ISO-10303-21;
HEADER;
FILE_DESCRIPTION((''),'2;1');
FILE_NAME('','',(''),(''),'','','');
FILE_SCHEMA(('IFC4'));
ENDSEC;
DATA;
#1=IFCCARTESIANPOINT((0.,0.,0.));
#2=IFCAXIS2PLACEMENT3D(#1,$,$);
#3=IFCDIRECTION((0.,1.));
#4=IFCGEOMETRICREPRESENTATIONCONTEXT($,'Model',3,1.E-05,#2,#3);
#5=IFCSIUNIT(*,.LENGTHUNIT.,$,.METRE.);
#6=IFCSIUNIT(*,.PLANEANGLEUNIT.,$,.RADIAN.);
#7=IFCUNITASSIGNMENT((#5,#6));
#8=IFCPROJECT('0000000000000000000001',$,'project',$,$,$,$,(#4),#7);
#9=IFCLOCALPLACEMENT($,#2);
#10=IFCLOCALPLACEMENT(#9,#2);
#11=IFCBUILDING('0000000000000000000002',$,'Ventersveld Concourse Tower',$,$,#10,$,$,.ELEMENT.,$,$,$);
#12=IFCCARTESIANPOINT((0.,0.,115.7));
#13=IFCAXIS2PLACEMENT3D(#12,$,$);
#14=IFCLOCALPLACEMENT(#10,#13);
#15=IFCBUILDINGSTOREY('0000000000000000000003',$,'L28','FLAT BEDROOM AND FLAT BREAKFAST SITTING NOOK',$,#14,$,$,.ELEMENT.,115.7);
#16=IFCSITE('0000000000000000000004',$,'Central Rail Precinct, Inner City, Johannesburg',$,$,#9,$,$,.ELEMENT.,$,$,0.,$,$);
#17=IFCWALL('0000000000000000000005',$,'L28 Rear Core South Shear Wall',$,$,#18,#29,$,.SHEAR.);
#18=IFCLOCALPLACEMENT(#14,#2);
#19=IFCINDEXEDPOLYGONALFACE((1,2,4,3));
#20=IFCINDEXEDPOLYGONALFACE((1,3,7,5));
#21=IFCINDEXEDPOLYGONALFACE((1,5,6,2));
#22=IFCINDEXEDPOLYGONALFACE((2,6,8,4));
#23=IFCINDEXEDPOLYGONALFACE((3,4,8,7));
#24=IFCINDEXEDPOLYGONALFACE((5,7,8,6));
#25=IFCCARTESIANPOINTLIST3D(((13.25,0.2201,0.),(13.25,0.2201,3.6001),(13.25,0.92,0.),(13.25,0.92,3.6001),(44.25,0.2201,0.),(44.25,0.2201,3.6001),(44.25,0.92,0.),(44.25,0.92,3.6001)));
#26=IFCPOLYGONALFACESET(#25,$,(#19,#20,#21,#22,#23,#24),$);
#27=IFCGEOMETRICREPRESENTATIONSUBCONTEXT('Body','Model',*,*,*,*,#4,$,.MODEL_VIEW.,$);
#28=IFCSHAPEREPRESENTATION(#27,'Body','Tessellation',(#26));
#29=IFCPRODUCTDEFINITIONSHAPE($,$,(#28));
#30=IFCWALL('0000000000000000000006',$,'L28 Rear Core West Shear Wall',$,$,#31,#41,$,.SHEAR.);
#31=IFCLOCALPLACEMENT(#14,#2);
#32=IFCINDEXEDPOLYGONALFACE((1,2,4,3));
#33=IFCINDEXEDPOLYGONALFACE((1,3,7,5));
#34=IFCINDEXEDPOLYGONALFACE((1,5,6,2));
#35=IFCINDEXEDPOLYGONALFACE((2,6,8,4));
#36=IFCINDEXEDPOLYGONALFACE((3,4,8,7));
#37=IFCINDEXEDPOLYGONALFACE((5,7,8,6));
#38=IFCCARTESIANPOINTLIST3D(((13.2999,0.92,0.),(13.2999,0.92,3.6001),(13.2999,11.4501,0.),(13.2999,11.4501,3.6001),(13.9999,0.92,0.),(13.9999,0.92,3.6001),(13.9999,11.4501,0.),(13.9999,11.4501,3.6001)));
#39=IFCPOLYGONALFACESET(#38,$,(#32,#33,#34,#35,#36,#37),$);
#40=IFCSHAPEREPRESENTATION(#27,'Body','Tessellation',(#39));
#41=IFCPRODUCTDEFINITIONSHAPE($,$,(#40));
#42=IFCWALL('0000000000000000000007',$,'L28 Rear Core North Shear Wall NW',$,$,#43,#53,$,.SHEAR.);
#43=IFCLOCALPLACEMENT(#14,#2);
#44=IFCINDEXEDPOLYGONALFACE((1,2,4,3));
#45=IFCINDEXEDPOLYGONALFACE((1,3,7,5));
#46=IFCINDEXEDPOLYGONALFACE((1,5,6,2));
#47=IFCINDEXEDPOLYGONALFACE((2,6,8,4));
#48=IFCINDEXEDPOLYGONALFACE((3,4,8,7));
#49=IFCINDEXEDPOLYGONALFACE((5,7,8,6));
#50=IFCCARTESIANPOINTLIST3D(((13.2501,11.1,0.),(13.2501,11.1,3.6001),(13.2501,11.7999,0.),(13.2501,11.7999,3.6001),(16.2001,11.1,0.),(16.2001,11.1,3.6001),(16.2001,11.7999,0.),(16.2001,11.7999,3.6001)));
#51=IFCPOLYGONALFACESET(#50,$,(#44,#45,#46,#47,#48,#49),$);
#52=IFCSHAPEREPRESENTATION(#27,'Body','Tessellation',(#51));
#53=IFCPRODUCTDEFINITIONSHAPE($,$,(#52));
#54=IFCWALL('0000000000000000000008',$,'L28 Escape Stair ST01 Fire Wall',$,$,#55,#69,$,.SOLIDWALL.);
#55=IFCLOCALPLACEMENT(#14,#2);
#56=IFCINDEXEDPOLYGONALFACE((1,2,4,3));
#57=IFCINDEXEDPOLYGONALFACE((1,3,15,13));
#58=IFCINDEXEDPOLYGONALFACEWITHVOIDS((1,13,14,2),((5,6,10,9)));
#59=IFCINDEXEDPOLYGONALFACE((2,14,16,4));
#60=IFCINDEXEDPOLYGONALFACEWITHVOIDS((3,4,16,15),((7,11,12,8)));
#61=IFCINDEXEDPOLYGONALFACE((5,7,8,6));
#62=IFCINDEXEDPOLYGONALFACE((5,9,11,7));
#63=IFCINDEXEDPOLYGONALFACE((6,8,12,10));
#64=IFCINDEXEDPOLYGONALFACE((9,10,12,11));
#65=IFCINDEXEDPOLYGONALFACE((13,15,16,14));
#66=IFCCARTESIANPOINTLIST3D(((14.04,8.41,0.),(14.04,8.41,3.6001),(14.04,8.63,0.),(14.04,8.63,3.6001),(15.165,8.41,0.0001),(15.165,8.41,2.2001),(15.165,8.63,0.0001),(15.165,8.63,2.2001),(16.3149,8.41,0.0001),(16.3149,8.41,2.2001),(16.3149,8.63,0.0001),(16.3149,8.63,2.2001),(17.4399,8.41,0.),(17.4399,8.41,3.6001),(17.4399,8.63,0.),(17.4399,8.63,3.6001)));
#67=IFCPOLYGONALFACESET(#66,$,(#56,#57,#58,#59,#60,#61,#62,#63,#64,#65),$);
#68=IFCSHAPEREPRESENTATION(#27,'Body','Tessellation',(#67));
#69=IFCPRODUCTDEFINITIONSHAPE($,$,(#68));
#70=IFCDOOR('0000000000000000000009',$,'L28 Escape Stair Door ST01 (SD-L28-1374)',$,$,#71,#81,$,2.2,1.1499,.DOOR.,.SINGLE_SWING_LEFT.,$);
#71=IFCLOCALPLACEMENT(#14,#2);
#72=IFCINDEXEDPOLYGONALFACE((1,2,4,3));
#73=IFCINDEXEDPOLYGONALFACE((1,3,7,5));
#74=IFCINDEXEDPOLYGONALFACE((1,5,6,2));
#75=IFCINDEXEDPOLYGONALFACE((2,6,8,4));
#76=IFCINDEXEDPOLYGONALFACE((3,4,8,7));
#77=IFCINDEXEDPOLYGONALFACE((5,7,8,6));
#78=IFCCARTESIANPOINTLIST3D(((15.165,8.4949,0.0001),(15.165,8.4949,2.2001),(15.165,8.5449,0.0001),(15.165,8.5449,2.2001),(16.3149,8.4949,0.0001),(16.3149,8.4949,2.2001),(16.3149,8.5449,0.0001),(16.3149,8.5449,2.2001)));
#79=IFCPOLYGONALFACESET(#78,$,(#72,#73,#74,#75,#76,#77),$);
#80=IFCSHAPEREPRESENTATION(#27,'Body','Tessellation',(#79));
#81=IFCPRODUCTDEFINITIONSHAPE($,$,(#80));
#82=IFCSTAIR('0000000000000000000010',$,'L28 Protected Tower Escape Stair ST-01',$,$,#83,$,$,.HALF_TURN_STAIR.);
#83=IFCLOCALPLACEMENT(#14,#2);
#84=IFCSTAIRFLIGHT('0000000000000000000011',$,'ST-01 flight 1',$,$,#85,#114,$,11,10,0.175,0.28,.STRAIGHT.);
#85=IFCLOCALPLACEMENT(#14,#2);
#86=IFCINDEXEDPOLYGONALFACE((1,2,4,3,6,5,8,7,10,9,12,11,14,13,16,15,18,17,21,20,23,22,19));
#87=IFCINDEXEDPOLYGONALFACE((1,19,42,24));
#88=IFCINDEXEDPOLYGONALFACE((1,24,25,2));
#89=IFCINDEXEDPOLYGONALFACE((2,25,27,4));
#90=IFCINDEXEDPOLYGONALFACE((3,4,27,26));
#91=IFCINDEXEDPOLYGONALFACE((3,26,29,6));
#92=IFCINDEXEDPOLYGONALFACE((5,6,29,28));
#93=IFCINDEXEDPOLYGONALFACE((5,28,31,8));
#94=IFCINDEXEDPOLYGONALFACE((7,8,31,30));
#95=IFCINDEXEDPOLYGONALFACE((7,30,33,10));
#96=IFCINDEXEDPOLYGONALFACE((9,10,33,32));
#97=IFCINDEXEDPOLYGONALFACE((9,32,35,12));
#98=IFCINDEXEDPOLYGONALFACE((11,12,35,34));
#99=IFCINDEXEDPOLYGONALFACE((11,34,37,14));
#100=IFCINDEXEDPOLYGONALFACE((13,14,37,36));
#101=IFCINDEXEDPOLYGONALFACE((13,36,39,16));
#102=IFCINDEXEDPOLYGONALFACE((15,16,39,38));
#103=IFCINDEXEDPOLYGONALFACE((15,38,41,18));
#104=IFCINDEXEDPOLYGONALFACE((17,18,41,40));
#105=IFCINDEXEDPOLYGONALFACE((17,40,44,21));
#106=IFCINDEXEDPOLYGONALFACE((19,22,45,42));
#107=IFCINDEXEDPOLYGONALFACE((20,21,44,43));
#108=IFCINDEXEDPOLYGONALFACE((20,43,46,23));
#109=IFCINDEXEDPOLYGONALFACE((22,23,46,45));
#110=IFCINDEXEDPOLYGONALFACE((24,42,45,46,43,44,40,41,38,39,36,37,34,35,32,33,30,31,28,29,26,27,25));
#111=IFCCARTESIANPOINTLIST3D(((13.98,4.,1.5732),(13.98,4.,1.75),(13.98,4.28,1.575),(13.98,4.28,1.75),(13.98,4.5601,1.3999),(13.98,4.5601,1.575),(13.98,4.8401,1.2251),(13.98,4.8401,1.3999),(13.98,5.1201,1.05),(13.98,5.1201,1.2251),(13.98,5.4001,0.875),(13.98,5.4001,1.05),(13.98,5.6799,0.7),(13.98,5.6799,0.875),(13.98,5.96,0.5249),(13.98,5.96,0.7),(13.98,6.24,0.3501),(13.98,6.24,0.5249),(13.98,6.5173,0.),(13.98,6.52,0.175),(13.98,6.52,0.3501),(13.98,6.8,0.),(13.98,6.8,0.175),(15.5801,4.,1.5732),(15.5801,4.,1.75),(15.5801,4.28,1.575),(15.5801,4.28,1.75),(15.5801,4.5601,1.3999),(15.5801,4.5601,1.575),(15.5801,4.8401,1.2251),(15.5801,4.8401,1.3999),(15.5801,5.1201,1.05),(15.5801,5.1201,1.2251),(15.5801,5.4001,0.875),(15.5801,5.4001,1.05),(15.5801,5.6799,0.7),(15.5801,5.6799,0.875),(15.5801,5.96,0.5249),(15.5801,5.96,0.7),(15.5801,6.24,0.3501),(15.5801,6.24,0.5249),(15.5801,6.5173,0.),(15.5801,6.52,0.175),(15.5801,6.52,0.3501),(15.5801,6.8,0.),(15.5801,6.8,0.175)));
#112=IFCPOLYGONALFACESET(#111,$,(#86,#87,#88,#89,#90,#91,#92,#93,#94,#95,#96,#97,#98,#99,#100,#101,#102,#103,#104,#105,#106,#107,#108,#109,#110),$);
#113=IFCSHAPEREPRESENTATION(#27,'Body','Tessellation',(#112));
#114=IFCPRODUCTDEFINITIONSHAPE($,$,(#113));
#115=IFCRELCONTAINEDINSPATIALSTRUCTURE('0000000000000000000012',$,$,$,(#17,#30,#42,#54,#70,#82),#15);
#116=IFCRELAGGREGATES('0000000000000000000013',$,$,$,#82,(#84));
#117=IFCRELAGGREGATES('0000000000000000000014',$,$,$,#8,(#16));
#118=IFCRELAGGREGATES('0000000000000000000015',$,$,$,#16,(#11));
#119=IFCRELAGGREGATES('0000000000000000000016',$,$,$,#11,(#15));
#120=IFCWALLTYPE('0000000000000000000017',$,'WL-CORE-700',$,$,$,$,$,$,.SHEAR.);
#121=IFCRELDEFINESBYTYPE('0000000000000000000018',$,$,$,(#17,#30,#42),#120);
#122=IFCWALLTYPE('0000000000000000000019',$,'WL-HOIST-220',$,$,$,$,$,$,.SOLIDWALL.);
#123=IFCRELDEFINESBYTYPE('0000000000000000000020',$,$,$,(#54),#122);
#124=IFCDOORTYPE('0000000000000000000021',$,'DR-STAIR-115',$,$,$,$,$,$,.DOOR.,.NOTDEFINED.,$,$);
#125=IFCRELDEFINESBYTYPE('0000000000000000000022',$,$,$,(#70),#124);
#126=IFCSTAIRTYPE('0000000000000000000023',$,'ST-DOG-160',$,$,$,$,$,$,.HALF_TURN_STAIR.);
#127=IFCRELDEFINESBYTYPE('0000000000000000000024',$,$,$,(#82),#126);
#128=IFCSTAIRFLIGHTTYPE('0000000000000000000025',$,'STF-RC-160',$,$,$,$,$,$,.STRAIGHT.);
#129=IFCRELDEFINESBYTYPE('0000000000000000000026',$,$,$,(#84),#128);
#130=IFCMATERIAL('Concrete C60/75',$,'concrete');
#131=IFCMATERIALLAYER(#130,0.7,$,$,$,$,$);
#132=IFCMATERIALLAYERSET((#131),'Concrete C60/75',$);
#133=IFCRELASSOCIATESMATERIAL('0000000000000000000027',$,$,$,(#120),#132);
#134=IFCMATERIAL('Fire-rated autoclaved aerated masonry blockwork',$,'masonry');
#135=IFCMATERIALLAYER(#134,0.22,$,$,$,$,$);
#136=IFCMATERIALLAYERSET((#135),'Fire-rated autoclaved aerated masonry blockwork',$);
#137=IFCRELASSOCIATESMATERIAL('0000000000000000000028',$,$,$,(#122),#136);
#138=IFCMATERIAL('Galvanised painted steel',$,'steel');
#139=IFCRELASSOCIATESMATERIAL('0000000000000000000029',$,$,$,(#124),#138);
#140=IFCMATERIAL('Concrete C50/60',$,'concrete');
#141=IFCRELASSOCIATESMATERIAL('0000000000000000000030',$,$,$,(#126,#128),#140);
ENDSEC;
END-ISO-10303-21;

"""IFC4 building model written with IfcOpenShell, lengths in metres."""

from ifc_helpers import new_model, si_unit, direction, frame, frame_2d, origin, place, context, subcontext, project, spatial, polyline, rectangle, outline, extrude, material, layer, layer_set, type_object, element, fill, aggregate, save


model = new_model("IFC4")

# Units and contexts
model_context = context("Model", 3, precision=1e-05, world=origin(), true_north=direction((0.0, 1.0)))
body_context = subcontext(model_context, "Body", "Model", "MODEL_VIEW")
ifc_project = project(units=[si_unit("LENGTHUNIT", "METRE"), si_unit("PLANEANGLEUNIT", "RADIAN")], contexts=[model_context])

# Site, building, storey
site_placement = place(None, origin())
site = spatial("IfcSite", under=ifc_project, at=site_placement, Name="Central Rail Precinct, Inner City, Johannesburg", CompositionType="ELEMENT", RefElevation=0.0)
building_placement = place(site_placement, origin())
building = spatial("IfcBuilding", under=site, at=building_placement, Name="Ventersveld Concourse Tower", CompositionType="ELEMENT")
storey_placement = place(building_placement, frame((0.0, 0.0, 115.7)))
storey = spatial("IfcBuildingStorey", under=building, at=storey_placement, Name="L28", Description="FLAT BEDROOM AND FLAT BREAKFAST SITTING NOOK", CompositionType="ELEMENT", Elevation=115.7)

# Shared definitions
ifc_material_1 = material(Name="Concrete C50/60", Category="concrete")

# Walls
ifc_material_2 = material(Name="Concrete C60/75", Category="concrete")
ifc_layer_1 = layer(ifc_material_2, 0.7)
ifc_layer_set_1 = layer_set([ifc_layer_1], Name="Concrete C60/75")
wall_type_1 = type_object("IfcWallType", Name="WL-CORE-700", PredefinedType="SHEAR", material=ifc_layer_set_1)
wall_1_placement = place(storey_placement, frame((13.25, 0.5701, 0.0), z_axis=(0.0, 0.0, 1.0), x_axis=(1.0, 0.0, 0.0)))
element("IfcWall", 1, at=wall_1_placement, inside=storey, type_object=wall_type_1, Name="L28 Rear Core South Shear Wall", PredefinedType="SHEAR", context=body_context, shape_type="SweptSolid", body=[
    extrude(rectangle(XDim=31.0, YDim=0.7, at=frame_2d((15.5, 0.0))), origin(), (0.0, 0.0, 1.0), 3.6001),
])
wall_2_placement = place(storey_placement, frame((13.6499, 0.9199, 0.0), z_axis=(0.0, 0.0, 1.0), x_axis=(0.0, 1.0, 0.0)))
element("IfcWall", 2, at=wall_2_placement, inside=storey, type_object=wall_type_1, Name="L28 Rear Core West Shear Wall", PredefinedType="SHEAR", context=body_context, shape_type="SweptSolid", body=[
    extrude(rectangle(XDim=10.53, YDim=0.7, at=frame_2d((5.2651, 0.0))), origin(), (0.0, 0.0, 1.0), 3.6001),
])
wall_3_placement = place(storey_placement, frame((13.25, 11.45, 0.0), z_axis=(0.0, 0.0, 1.0), x_axis=(1.0, 0.0, 0.0)))
element("IfcWall", 3, at=wall_3_placement, inside=storey, type_object=wall_type_1, Name="L28 Rear Core North Shear Wall NW", PredefinedType="SHEAR", context=body_context, shape_type="SweptSolid", body=[
    extrude(rectangle(XDim=2.95, YDim=0.7, at=frame_2d((1.4751, 0.0))), origin(), (0.0, 0.0, 1.0), 3.6001),
])

# Wall, opening, door
ifc_material_3 = material(Name="Fire-rated autoclaved aerated masonry blockwork", Category="masonry")
ifc_layer_2 = layer(ifc_material_3, 0.22)
ifc_layer_set_2 = layer_set([ifc_layer_2], Name="Fire-rated autoclaved aerated masonry blockwork")
wall_type_2 = type_object("IfcWallType", Name="WL-HOIST-220", PredefinedType="SOLIDWALL", material=ifc_layer_set_2)
wall_4_placement = place(storey_placement, frame((14.04, 8.52, 0.0), z_axis=(0.0, 0.0, 1.0), x_axis=(1.0, 0.0, 0.0)))
wall_4 = element("IfcWall", 4, at=wall_4_placement, inside=storey, type_object=wall_type_2, Name="L28 Escape Stair ST01 Fire Wall", PredefinedType="SOLIDWALL", context=body_context, shape_type="SweptSolid", body=[
    extrude(rectangle(XDim=3.3999, YDim=0.22, at=frame_2d((1.7, 0.0))), origin(), (0.0, 0.0, 1.0), 3.6001),
])
opening_placement = place(wall_4_placement, frame((1.125, 0.0, 0.0)))
opening = element("IfcOpeningElement", 5, at=opening_placement, cuts=wall_4, PredefinedType="OPENING", context=body_context, shape_type="SweptSolid", body=[
    extrude(rectangle(XDim=1.1499, YDim=2.2, at=frame_2d((0.575, 1.1001))), frame((0.0, 0.1201, 0.0), z_axis=(0.0, -1.0, 0.0), x_axis=(1.0, 0.0, 0.0)), (0.0, 0.0, 1.0), 0.24),
])
ifc_material_4 = material(Name="Galvanised painted steel", Category="steel")
door_type = type_object("IfcDoorType", Name="DR-STAIR-115", OperationType="NOTDEFINED", PredefinedType="DOOR", material=ifc_material_4)
door_placement = place(opening_placement, origin())
door = element("IfcDoor", 6, at=door_placement, inside=storey, type_object=door_type, Name="L28 Escape Stair Door ST01 (SD-L28-1374)", OperationType="SINGLE_SWING_LEFT", OverallHeight=2.2, OverallWidth=1.1499, PredefinedType="DOOR", context=body_context, shape_type="SweptSolid", body=[
    extrude(rectangle(XDim=1.1499, YDim=2.2, at=frame_2d((0.575, 1.1001))), frame((0.0, 0.0249, 0.0), z_axis=(0.0, -1.0, 0.0), x_axis=(1.0, 0.0, 0.0)), (0.0, 0.0, 1.0), 0.05),
])
fill(opening, door)

# Stair, stair flight
stair_type = type_object("IfcStairType", Name="ST-DOG-160", PredefinedType="HALF_TURN_STAIR", material=ifc_material_1)
stair_placement = place(storey_placement, origin())
stair = element("IfcStair", 7, at=stair_placement, inside=storey, type_object=stair_type, Name="L28 Protected Tower Escape Stair ST-01", PredefinedType="HALF_TURN_STAIR")
stair_flight_type = type_object("IfcStairFlightType", Name="STF-RC-160", PredefinedType="STRAIGHT", material=ifc_material_1)
stair_flight_placement = place(storey_placement, frame((14.78, 6.8, 0.0), z_axis=(0.0, 0.0, 1.0), x_axis=(0.0, -1.0, 0.0)))
stair_flight = element("IfcStairFlight", 8, at=stair_flight_placement, type_object=stair_flight_type, Name="ST-01 flight 1", NumberOfRisers=11, NumberOfTreads=10, PredefinedType="STRAIGHT", RiserHeight=0.175, TreadLength=0.28, context=body_context, shape_type="SweptSolid", body=[
    extrude(outline(polyline([(0.0, 0.0), (0.0, 0.175), (0.28, 0.175), (0.28, 0.3501), (0.5601, 0.3501), (0.5601, 0.5249), (0.8401, 0.5249), (0.8401, 0.7), (1.1201, 0.7), (1.1201, 0.875), (1.3999, 0.875), (1.3999, 1.05), (1.6799, 1.05), (1.6799, 1.2251), (1.96, 1.2251), (1.96, 1.3999), (2.24, 1.3999), (2.24, 1.575), (2.52, 1.575), (2.52, 1.75), (2.8, 1.75), (2.8, 1.925), (2.8, 1.5732), (0.2827, 0.0), (0.0, 0.0)])), frame((0.0, 0.8, 0.0), z_axis=(0.0, -1.0, 0.0), x_axis=(1.0, 0.0, 0.0)), (0.0, 0.0, 1.0), 1.6001),
])
aggregate(stair, [stair_flight])

save(model, "model.ifc")
